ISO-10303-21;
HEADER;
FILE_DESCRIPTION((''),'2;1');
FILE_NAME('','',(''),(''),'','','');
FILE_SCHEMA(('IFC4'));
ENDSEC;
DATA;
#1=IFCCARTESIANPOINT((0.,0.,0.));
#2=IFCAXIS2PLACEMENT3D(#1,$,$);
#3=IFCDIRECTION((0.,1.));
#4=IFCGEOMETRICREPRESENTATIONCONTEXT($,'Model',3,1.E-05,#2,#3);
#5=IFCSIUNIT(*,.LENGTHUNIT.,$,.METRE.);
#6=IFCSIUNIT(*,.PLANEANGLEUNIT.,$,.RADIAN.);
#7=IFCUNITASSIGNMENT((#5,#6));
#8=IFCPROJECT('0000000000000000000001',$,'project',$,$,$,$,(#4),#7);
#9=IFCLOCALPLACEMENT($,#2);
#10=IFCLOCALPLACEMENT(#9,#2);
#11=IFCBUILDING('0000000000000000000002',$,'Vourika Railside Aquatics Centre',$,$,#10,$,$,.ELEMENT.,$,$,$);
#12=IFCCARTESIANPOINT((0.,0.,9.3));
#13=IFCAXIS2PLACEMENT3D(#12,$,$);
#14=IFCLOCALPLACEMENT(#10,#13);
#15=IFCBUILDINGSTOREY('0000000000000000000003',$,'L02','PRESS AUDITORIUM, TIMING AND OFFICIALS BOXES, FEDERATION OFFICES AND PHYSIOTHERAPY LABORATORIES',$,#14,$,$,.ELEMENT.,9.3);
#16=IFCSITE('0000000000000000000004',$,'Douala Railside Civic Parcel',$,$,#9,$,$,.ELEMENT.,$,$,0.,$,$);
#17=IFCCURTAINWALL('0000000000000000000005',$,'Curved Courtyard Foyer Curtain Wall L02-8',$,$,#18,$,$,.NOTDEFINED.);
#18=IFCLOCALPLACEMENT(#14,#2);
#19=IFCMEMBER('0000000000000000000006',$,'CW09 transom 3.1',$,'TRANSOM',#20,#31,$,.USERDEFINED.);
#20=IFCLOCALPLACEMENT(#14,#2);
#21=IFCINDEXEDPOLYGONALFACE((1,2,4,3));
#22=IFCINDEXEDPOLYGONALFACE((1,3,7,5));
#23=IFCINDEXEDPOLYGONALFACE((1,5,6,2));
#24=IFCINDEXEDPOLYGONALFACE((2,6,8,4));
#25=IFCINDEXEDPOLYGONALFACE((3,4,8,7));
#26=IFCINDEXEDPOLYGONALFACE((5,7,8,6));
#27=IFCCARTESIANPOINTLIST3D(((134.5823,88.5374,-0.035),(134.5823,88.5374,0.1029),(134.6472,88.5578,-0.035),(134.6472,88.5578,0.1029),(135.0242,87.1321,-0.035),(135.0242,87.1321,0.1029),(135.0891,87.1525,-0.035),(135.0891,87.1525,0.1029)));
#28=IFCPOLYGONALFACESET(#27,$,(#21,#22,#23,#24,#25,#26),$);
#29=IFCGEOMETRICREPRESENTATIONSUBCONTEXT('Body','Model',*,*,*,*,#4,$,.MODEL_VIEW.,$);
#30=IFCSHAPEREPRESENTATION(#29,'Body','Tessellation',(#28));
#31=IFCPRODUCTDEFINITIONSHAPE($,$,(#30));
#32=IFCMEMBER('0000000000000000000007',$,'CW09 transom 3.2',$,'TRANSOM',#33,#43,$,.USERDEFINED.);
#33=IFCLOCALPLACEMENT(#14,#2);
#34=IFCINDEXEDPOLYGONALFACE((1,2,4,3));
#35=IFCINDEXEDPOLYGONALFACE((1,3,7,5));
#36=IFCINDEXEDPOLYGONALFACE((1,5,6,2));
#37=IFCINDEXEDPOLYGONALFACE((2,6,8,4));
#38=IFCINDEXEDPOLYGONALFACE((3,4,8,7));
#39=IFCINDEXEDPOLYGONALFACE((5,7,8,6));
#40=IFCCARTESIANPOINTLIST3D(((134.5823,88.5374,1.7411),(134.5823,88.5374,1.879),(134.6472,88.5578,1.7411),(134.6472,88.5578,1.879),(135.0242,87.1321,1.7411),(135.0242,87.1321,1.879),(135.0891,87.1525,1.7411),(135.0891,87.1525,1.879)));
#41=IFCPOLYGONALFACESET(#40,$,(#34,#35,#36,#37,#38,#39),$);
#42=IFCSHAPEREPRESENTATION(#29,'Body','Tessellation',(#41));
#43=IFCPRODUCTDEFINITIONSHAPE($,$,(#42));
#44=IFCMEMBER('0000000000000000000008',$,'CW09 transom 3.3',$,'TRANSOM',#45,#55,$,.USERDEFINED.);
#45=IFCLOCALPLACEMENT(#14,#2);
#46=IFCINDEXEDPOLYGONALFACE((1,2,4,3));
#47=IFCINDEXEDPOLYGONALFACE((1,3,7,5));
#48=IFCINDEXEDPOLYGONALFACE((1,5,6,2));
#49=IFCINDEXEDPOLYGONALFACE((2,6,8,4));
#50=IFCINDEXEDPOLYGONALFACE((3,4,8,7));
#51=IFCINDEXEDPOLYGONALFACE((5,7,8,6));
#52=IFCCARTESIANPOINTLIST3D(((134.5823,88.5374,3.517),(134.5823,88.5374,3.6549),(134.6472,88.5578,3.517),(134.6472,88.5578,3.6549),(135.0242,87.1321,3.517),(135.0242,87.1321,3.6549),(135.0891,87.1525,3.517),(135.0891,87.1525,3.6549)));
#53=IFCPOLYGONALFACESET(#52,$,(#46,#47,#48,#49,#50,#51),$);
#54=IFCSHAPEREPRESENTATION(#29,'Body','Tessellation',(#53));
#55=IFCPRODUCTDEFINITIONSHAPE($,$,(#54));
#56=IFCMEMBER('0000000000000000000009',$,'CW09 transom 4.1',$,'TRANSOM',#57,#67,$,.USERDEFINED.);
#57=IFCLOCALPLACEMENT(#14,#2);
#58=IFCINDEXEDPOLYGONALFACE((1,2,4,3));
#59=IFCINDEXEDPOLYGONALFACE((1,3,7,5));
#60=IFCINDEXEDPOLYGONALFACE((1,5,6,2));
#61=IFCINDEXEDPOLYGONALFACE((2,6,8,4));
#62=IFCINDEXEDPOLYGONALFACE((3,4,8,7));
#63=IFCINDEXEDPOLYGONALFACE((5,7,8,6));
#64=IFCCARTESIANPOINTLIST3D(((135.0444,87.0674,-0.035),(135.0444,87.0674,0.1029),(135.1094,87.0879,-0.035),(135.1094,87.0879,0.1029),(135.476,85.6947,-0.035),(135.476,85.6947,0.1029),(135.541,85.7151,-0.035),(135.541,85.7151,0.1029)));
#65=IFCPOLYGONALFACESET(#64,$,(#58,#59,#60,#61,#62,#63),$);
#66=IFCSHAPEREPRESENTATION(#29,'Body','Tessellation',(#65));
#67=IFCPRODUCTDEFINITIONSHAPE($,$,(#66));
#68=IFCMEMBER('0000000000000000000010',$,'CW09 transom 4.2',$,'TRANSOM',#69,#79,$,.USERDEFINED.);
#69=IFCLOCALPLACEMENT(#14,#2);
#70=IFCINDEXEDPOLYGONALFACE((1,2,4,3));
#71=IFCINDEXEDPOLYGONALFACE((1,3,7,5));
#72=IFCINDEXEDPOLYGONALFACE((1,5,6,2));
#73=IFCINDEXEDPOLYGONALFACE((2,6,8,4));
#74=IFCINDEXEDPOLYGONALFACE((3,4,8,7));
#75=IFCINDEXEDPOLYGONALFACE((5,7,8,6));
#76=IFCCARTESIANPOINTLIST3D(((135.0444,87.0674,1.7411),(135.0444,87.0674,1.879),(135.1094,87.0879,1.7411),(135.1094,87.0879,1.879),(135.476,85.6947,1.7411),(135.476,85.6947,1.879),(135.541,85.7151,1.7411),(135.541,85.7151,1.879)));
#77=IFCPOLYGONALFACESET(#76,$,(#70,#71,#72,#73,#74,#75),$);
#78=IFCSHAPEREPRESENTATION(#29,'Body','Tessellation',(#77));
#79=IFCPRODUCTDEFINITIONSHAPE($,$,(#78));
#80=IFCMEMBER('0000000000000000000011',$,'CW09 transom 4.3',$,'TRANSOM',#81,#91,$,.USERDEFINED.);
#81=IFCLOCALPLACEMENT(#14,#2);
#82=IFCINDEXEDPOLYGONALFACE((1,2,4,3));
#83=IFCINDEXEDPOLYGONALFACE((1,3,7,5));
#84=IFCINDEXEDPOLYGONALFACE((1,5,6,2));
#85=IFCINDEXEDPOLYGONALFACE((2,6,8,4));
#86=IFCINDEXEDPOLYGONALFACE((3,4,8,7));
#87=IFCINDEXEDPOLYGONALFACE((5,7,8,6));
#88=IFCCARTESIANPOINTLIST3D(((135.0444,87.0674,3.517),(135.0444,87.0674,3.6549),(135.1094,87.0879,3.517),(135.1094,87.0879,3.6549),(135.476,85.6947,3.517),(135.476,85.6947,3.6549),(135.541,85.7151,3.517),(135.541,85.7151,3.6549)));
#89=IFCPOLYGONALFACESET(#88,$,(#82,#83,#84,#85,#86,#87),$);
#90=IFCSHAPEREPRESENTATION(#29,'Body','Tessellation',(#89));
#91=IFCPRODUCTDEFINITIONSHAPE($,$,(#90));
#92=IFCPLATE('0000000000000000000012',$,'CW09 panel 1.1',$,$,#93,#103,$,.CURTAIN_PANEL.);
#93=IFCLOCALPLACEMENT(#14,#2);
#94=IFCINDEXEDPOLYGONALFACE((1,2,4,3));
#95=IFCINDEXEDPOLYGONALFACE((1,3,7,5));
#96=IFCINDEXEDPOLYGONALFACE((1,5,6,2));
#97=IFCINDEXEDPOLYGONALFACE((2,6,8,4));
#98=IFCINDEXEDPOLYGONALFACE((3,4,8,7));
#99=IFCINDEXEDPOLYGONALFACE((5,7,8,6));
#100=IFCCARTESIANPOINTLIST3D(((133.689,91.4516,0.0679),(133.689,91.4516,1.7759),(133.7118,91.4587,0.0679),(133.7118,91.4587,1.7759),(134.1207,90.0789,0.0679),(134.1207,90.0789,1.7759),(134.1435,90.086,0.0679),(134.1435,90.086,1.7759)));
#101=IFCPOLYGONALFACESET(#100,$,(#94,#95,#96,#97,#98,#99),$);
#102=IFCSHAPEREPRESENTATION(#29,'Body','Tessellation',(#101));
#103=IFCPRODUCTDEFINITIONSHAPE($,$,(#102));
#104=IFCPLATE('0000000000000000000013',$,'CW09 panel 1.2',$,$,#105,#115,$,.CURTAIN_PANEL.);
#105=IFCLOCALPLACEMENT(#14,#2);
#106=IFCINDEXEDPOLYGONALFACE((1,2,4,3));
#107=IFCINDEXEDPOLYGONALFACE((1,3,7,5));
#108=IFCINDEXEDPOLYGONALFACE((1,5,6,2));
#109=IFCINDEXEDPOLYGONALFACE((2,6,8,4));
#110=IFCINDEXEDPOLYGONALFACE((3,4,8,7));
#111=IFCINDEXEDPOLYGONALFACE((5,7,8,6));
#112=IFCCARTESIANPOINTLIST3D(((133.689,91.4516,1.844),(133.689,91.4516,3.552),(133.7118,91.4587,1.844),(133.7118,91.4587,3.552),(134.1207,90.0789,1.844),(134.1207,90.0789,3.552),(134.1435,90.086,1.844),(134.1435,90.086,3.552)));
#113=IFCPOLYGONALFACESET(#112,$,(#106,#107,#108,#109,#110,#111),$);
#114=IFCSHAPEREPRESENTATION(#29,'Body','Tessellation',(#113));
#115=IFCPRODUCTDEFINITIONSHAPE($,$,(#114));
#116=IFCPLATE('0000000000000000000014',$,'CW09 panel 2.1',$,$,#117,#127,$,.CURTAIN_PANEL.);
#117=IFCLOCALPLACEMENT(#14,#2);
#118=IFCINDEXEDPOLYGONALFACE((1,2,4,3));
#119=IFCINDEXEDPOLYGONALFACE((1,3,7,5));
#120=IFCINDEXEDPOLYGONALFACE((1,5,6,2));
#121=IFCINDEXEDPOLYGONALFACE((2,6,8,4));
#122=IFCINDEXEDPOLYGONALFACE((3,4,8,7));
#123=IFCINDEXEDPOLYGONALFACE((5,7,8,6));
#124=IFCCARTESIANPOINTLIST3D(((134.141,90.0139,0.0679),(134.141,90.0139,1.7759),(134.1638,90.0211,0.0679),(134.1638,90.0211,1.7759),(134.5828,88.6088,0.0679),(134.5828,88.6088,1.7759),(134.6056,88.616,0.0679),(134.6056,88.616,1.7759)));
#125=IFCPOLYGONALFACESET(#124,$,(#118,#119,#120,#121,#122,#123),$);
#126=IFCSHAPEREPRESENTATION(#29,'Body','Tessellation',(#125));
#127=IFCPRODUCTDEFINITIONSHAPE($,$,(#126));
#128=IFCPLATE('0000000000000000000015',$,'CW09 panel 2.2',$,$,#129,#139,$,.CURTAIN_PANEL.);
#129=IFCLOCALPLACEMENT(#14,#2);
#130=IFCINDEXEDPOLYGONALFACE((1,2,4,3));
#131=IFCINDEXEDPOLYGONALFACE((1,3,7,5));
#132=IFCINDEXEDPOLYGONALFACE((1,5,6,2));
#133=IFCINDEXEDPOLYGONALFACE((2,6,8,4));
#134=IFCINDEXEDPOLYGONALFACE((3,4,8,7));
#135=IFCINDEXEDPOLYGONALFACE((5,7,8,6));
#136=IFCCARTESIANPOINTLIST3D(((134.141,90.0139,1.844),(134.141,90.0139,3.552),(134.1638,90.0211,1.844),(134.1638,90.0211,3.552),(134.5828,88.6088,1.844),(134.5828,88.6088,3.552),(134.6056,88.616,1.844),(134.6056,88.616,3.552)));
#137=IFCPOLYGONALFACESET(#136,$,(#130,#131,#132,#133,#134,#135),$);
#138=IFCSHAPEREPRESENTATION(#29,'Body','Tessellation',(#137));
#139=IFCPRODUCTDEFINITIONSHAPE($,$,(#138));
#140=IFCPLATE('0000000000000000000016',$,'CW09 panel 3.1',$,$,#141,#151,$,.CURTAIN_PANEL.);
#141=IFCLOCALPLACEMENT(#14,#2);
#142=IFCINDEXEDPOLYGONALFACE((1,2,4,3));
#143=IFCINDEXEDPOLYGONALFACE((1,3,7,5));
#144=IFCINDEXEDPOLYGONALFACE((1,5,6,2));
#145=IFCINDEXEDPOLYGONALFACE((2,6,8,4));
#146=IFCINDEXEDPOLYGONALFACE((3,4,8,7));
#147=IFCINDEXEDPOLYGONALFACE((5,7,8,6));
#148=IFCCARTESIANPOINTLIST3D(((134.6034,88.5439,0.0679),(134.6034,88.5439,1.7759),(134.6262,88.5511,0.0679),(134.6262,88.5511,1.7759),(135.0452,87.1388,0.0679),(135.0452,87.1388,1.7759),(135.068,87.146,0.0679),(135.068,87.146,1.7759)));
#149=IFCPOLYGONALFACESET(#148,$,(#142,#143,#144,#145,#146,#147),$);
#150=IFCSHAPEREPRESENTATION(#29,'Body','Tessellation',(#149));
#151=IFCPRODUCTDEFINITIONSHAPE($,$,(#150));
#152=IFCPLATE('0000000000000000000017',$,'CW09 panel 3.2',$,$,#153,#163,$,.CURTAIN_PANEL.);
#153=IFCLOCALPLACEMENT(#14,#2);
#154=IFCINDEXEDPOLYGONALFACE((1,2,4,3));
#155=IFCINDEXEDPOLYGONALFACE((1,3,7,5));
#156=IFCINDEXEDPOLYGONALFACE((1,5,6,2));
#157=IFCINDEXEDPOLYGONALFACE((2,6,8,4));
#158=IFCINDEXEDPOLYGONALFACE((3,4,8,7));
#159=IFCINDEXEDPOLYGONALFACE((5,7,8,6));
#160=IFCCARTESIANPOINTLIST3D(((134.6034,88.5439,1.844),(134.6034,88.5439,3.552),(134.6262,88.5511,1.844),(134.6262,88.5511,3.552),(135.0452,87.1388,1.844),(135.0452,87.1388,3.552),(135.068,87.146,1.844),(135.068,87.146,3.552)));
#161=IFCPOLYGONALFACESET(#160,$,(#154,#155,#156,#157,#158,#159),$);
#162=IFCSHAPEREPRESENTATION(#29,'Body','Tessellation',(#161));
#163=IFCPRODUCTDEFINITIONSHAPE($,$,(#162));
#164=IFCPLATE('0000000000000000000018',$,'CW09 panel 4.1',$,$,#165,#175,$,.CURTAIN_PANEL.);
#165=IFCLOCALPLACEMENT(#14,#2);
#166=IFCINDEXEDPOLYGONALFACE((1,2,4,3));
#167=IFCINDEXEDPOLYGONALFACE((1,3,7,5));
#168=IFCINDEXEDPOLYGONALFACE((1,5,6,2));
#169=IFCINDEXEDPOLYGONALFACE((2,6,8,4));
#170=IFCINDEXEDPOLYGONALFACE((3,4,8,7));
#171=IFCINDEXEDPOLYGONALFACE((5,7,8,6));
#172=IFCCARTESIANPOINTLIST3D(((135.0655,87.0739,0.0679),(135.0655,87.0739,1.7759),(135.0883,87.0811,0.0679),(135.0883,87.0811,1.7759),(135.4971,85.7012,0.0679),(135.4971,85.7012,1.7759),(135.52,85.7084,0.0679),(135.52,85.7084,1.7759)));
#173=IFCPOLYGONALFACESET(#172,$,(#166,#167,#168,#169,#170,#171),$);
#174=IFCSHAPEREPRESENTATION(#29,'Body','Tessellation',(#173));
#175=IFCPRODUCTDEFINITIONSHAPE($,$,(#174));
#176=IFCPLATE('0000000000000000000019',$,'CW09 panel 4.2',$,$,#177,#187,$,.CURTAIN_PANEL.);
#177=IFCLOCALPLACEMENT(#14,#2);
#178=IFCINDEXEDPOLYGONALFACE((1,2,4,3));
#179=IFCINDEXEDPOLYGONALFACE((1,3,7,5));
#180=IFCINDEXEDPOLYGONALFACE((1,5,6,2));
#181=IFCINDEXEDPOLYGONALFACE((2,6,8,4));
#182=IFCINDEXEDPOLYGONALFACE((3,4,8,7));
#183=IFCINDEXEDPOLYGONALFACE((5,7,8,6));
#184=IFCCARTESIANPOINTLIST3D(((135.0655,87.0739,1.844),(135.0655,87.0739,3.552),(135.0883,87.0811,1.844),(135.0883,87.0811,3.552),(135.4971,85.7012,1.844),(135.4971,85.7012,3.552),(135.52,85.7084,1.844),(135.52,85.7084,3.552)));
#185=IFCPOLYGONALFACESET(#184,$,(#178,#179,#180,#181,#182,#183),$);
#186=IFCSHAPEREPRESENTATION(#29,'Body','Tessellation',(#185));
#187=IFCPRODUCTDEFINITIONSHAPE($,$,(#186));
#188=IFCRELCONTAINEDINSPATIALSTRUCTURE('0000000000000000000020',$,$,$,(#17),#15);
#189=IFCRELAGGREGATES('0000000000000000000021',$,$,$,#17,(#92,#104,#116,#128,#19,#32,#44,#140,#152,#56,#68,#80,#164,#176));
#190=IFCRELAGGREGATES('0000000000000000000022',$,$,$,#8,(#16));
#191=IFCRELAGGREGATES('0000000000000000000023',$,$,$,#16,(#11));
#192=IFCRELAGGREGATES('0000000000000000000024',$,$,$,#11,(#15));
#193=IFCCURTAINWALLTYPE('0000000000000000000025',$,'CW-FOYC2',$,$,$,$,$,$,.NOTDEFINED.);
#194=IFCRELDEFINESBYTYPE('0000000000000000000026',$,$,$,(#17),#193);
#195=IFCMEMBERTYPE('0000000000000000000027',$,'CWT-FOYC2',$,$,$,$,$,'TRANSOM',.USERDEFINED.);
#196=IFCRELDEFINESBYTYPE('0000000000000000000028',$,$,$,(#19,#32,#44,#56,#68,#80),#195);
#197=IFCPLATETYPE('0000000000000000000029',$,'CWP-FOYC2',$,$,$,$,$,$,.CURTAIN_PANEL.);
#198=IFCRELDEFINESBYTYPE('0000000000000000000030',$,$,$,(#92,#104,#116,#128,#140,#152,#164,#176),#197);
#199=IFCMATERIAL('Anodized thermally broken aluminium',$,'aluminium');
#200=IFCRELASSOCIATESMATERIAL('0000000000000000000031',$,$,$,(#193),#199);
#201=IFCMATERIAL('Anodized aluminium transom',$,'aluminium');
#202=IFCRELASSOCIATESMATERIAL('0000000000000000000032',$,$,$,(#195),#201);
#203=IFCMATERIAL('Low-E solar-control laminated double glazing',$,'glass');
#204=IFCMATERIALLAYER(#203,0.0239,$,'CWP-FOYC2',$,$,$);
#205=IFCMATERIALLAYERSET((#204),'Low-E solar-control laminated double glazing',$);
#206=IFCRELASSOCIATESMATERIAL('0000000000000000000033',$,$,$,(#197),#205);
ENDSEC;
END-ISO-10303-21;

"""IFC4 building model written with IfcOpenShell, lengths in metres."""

from ifc_helpers import new_model, si_unit, direction, frame, origin, origin_2d, place, context, subcontext, project, spatial, rectangle, extrude, material, layer, layer_set, material_profile, profile_set, type_object, element, aggregate, save


model = new_model("IFC4")

# Units and contexts
model_context = context("Model", 3, precision=1e-05, world=origin(), true_north=direction((0.0, 1.0)))
body_context = subcontext(model_context, "Body", "Model", "MODEL_VIEW")
ifc_project = project(units=[si_unit("LENGTHUNIT", "METRE"), si_unit("PLANEANGLEUNIT", "RADIAN")], contexts=[model_context])

# Site, building, storey
site_placement = place(None, origin())
site = spatial("IfcSite", under=ifc_project, at=site_placement, Name="Douala Railside Civic Parcel", CompositionType="ELEMENT", RefElevation=0.0)
building_placement = place(site_placement, origin())
building = spatial("IfcBuilding", under=site, at=building_placement, Name="Vourika Railside Aquatics Centre", CompositionType="ELEMENT")
storey_placement = place(building_placement, frame((0.0, 0.0, 9.3)))
storey = spatial("IfcBuildingStorey", under=building, at=storey_placement, Name="L02", Description="PRESS AUDITORIUM, TIMING AND OFFICIALS BOXES, FEDERATION OFFICES AND PHYSIOTHERAPY LABORATORIES", CompositionType="ELEMENT", Elevation=9.3)

# Shared definitions
ifc_material_1 = material(Name="Anodized thermally broken aluminium", Category="aluminium")
curtain_wall_type = type_object("IfcCurtainWallType", Name="CW-FOYC2", PredefinedType="NOTDEFINED", material=ifc_material_1)

# Curtain wall
curtain_wall_1_placement = place(storey_placement, origin())
curtain_wall_1 = element("IfcCurtainWall", 1, at=curtain_wall_1_placement, inside=storey, type_object=curtain_wall_type, Name="Curved Courtyard Foyer Curtain Wall L02-8", PredefinedType="NOTDEFINED")

# Members
ifc_material_2 = material(Name="Anodized aluminium transom", Category="aluminium")
ifc_material_profile_1 = material_profile(ifc_material_2, rectangle(XDim=0.0681, YDim=0.1379, at=origin_2d()), Name="ALU-T 68x138")
ifc_profile_set_1 = profile_set([ifc_material_profile_1], Name="Anodized aluminium transom")
member_type_1 = type_object("IfcMemberType", Name="CWT-FOYC2", ElementType="TRANSOM", PredefinedType="USERDEFINED", material=ifc_profile_set_1)
member_1_placement = place(storey_placement, frame((134.6147, 88.5476, 0.0339), z_axis=(0.299973, -0.953948, 0.0), x_axis=(0.953948, 0.299973, 0.0)))
member_1 = element("IfcMember", 2, at=member_1_placement, type_object=member_type_1, Name="CW09 transom 3.1", ObjectType="TRANSOM", PredefinedType="USERDEFINED", context=body_context, shape_type="SweptSolid", body=[
    extrude(rectangle(XDim=0.0681, YDim=0.1379, at=origin_2d()), origin(), (0.0, 0.0, 1.0), 1.4731),
])
member_2_placement = place(storey_placement, frame((134.6147, 88.5476, 1.8101), z_axis=(0.299973, -0.953948, 0.0), x_axis=(0.953948, 0.299973, 0.0)))
member_2 = element("IfcMember", 3, at=member_2_placement, type_object=member_type_1, Name="CW09 transom 3.2", ObjectType="TRANSOM", PredefinedType="USERDEFINED", context=body_context, shape_type="SweptSolid", body=[
    extrude(rectangle(XDim=0.0681, YDim=0.1379, at=origin_2d()), origin(), (0.0, 0.0, 1.0), 1.4731),
])
member_3_placement = place(storey_placement, frame((134.6147, 88.5476, 3.5859), z_axis=(0.299973, -0.953948, 0.0), x_axis=(0.953948, 0.299973, 0.0)))
member_3 = element("IfcMember", 4, at=member_3_placement, type_object=member_type_1, Name="CW09 transom 3.3", ObjectType="TRANSOM", PredefinedType="USERDEFINED", context=body_context, shape_type="SweptSolid", body=[
    extrude(rectangle(XDim=0.0681, YDim=0.1379, at=origin_2d()), origin(), (0.0, 0.0, 1.0), 1.4731),
])
member_4_placement = place(storey_placement, frame((135.0769, 87.0776, 0.0339), z_axis=(0.299946, -0.953956, 0.0), x_axis=(0.953956, 0.299946, 0.0)))
member_4 = element("IfcMember", 5, at=member_4_placement, type_object=member_type_1, Name="CW09 transom 4.1", ObjectType="TRANSOM", PredefinedType="USERDEFINED", context=body_context, shape_type="SweptSolid", body=[
    extrude(rectangle(XDim=0.0681, YDim=0.1379, at=origin_2d()), origin(), (0.0, 0.0, 1.0), 1.439),
])
member_5_placement = place(storey_placement, frame((135.0769, 87.0776, 1.8101), z_axis=(0.299946, -0.953956, 0.0), x_axis=(0.953956, 0.299946, 0.0)))
member_5 = element("IfcMember", 6, at=member_5_placement, type_object=member_type_1, Name="CW09 transom 4.2", ObjectType="TRANSOM", PredefinedType="USERDEFINED", context=body_context, shape_type="SweptSolid", body=[
    extrude(rectangle(XDim=0.0681, YDim=0.1379, at=origin_2d()), origin(), (0.0, 0.0, 1.0), 1.439),
])
member_6_placement = place(storey_placement, frame((135.0769, 87.0776, 3.5859), z_axis=(0.299946, -0.953956, 0.0), x_axis=(0.953956, 0.299946, 0.0)))
member_6 = element("IfcMember", 7, at=member_6_placement, type_object=member_type_1, Name="CW09 transom 4.3", ObjectType="TRANSOM", PredefinedType="USERDEFINED", context=body_context, shape_type="SweptSolid", body=[
    extrude(rectangle(XDim=0.0681, YDim=0.1379, at=origin_2d()), origin(), (0.0, 0.0, 1.0), 1.439),
])

# Plates
ifc_material_3 = material(Name="Low-E solar-control laminated double glazing", Category="glass")
ifc_layer = layer(ifc_material_3, 0.0239, Name="CWP-FOYC2")
ifc_layer_set = layer_set([ifc_layer], Name="Low-E solar-control laminated double glazing")
plate_type = type_object("IfcPlateType", Name="CWP-FOYC2", PredefinedType="CURTAIN_PANEL", material=ifc_layer_set)
plate_1_placement = place(storey_placement, frame((133.9163, 90.7688, 0.0679), z_axis=(0.0, 0.0, 1.0), x_axis=(0.299974, -0.953947, 0.0)))
plate_1 = element("IfcPlate", 8, at=plate_1_placement, type_object=plate_type, Name="CW09 panel 1.1", PredefinedType="CURTAIN_PANEL", context=body_context, shape_type="SweptSolid", body=[
    extrude(rectangle(XDim=1.439, YDim=0.0239, at=origin_2d()), origin(), (0.0, 0.0, 1.0), 1.708),
])
plate_2_placement = place(storey_placement, frame((133.9163, 90.7688, 1.844), z_axis=(0.0, 0.0, 1.0), x_axis=(0.299974, -0.953947, 0.0)))
plate_2 = element("IfcPlate", 9, at=plate_2_placement, type_object=plate_type, Name="CW09 panel 1.2", PredefinedType="CURTAIN_PANEL", context=body_context, shape_type="SweptSolid", body=[
    extrude(rectangle(XDim=1.439, YDim=0.0239, at=origin_2d()), origin(), (0.0, 0.0, 1.0), 1.708),
])
plate_3_placement = place(storey_placement, frame((134.3733, 89.3149, 0.0679), z_axis=(0.0, 0.0, 1.0), x_axis=(0.299974, -0.953947, 0.0)))
plate_3 = element("IfcPlate", 10, at=plate_3_placement, type_object=plate_type, Name="CW09 panel 2.1", PredefinedType="CURTAIN_PANEL", context=body_context, shape_type="SweptSolid", body=[
    extrude(rectangle(XDim=1.4729, YDim=0.0239, at=origin_2d()), origin(), (0.0, 0.0, 1.0), 1.708),
])
plate_4_placement = place(storey_placement, frame((134.3733, 89.3149, 1.844), z_axis=(0.0, 0.0, 1.0), x_axis=(0.299974, -0.953947, 0.0)))
plate_4 = element("IfcPlate", 11, at=plate_4_placement, type_object=plate_type, Name="CW09 panel 2.2", PredefinedType="CURTAIN_PANEL", context=body_context, shape_type="SweptSolid", body=[
    extrude(rectangle(XDim=1.4729, YDim=0.0239, at=origin_2d()), origin(), (0.0, 0.0, 1.0), 1.708),
])
plate_5_placement = place(storey_placement, frame((134.8357, 87.845, 0.0679), z_axis=(0.0, 0.0, 1.0), x_axis=(0.299974, -0.953947, 0.0)))
plate_5 = element("IfcPlate", 12, at=plate_5_placement, type_object=plate_type, Name="CW09 panel 3.1", PredefinedType="CURTAIN_PANEL", context=body_context, shape_type="SweptSolid", body=[
    extrude(rectangle(XDim=1.4729, YDim=0.0239, at=origin_2d()), origin(), (0.0, 0.0, 1.0), 1.708),
])
plate_6_placement = place(storey_placement, frame((134.8357, 87.845, 1.844), z_axis=(0.0, 0.0, 1.0), x_axis=(0.299974, -0.953947, 0.0)))
plate_6 = element("IfcPlate", 13, at=plate_6_placement, type_object=plate_type, Name="CW09 panel 3.2", PredefinedType="CURTAIN_PANEL", context=body_context, shape_type="SweptSolid", body=[
    extrude(rectangle(XDim=1.4729, YDim=0.0239, at=origin_2d()), origin(), (0.0, 0.0, 1.0), 1.708),
])
plate_7_placement = place(storey_placement, frame((135.2927, 86.3911, 0.0679), z_axis=(0.0, 0.0, 1.0), x_axis=(0.299974, -0.953947, 0.0)))
plate_7 = element("IfcPlate", 14, at=plate_7_placement, type_object=plate_type, Name="CW09 panel 4.1", PredefinedType="CURTAIN_PANEL", context=body_context, shape_type="SweptSolid", body=[
    extrude(rectangle(XDim=1.439, YDim=0.0239, at=origin_2d()), origin(), (0.0, 0.0, 1.0), 1.708),
])
plate_8_placement = place(storey_placement, frame((135.2927, 86.3911, 1.844), z_axis=(0.0, 0.0, 1.0), x_axis=(0.299974, -0.953947, 0.0)))
plate_8 = element("IfcPlate", 15, at=plate_8_placement, type_object=plate_type, Name="CW09 panel 4.2", PredefinedType="CURTAIN_PANEL", context=body_context, shape_type="SweptSolid", body=[
    extrude(rectangle(XDim=1.439, YDim=0.0239, at=origin_2d()), origin(), (0.0, 0.0, 1.0), 1.708),
])
aggregate(curtain_wall_1, [plate_1, plate_2, plate_3, plate_4, member_1, member_2, member_3, plate_5, plate_6, member_4, member_5, member_6, plate_7, plate_8])

save(model, "model.ifc")
